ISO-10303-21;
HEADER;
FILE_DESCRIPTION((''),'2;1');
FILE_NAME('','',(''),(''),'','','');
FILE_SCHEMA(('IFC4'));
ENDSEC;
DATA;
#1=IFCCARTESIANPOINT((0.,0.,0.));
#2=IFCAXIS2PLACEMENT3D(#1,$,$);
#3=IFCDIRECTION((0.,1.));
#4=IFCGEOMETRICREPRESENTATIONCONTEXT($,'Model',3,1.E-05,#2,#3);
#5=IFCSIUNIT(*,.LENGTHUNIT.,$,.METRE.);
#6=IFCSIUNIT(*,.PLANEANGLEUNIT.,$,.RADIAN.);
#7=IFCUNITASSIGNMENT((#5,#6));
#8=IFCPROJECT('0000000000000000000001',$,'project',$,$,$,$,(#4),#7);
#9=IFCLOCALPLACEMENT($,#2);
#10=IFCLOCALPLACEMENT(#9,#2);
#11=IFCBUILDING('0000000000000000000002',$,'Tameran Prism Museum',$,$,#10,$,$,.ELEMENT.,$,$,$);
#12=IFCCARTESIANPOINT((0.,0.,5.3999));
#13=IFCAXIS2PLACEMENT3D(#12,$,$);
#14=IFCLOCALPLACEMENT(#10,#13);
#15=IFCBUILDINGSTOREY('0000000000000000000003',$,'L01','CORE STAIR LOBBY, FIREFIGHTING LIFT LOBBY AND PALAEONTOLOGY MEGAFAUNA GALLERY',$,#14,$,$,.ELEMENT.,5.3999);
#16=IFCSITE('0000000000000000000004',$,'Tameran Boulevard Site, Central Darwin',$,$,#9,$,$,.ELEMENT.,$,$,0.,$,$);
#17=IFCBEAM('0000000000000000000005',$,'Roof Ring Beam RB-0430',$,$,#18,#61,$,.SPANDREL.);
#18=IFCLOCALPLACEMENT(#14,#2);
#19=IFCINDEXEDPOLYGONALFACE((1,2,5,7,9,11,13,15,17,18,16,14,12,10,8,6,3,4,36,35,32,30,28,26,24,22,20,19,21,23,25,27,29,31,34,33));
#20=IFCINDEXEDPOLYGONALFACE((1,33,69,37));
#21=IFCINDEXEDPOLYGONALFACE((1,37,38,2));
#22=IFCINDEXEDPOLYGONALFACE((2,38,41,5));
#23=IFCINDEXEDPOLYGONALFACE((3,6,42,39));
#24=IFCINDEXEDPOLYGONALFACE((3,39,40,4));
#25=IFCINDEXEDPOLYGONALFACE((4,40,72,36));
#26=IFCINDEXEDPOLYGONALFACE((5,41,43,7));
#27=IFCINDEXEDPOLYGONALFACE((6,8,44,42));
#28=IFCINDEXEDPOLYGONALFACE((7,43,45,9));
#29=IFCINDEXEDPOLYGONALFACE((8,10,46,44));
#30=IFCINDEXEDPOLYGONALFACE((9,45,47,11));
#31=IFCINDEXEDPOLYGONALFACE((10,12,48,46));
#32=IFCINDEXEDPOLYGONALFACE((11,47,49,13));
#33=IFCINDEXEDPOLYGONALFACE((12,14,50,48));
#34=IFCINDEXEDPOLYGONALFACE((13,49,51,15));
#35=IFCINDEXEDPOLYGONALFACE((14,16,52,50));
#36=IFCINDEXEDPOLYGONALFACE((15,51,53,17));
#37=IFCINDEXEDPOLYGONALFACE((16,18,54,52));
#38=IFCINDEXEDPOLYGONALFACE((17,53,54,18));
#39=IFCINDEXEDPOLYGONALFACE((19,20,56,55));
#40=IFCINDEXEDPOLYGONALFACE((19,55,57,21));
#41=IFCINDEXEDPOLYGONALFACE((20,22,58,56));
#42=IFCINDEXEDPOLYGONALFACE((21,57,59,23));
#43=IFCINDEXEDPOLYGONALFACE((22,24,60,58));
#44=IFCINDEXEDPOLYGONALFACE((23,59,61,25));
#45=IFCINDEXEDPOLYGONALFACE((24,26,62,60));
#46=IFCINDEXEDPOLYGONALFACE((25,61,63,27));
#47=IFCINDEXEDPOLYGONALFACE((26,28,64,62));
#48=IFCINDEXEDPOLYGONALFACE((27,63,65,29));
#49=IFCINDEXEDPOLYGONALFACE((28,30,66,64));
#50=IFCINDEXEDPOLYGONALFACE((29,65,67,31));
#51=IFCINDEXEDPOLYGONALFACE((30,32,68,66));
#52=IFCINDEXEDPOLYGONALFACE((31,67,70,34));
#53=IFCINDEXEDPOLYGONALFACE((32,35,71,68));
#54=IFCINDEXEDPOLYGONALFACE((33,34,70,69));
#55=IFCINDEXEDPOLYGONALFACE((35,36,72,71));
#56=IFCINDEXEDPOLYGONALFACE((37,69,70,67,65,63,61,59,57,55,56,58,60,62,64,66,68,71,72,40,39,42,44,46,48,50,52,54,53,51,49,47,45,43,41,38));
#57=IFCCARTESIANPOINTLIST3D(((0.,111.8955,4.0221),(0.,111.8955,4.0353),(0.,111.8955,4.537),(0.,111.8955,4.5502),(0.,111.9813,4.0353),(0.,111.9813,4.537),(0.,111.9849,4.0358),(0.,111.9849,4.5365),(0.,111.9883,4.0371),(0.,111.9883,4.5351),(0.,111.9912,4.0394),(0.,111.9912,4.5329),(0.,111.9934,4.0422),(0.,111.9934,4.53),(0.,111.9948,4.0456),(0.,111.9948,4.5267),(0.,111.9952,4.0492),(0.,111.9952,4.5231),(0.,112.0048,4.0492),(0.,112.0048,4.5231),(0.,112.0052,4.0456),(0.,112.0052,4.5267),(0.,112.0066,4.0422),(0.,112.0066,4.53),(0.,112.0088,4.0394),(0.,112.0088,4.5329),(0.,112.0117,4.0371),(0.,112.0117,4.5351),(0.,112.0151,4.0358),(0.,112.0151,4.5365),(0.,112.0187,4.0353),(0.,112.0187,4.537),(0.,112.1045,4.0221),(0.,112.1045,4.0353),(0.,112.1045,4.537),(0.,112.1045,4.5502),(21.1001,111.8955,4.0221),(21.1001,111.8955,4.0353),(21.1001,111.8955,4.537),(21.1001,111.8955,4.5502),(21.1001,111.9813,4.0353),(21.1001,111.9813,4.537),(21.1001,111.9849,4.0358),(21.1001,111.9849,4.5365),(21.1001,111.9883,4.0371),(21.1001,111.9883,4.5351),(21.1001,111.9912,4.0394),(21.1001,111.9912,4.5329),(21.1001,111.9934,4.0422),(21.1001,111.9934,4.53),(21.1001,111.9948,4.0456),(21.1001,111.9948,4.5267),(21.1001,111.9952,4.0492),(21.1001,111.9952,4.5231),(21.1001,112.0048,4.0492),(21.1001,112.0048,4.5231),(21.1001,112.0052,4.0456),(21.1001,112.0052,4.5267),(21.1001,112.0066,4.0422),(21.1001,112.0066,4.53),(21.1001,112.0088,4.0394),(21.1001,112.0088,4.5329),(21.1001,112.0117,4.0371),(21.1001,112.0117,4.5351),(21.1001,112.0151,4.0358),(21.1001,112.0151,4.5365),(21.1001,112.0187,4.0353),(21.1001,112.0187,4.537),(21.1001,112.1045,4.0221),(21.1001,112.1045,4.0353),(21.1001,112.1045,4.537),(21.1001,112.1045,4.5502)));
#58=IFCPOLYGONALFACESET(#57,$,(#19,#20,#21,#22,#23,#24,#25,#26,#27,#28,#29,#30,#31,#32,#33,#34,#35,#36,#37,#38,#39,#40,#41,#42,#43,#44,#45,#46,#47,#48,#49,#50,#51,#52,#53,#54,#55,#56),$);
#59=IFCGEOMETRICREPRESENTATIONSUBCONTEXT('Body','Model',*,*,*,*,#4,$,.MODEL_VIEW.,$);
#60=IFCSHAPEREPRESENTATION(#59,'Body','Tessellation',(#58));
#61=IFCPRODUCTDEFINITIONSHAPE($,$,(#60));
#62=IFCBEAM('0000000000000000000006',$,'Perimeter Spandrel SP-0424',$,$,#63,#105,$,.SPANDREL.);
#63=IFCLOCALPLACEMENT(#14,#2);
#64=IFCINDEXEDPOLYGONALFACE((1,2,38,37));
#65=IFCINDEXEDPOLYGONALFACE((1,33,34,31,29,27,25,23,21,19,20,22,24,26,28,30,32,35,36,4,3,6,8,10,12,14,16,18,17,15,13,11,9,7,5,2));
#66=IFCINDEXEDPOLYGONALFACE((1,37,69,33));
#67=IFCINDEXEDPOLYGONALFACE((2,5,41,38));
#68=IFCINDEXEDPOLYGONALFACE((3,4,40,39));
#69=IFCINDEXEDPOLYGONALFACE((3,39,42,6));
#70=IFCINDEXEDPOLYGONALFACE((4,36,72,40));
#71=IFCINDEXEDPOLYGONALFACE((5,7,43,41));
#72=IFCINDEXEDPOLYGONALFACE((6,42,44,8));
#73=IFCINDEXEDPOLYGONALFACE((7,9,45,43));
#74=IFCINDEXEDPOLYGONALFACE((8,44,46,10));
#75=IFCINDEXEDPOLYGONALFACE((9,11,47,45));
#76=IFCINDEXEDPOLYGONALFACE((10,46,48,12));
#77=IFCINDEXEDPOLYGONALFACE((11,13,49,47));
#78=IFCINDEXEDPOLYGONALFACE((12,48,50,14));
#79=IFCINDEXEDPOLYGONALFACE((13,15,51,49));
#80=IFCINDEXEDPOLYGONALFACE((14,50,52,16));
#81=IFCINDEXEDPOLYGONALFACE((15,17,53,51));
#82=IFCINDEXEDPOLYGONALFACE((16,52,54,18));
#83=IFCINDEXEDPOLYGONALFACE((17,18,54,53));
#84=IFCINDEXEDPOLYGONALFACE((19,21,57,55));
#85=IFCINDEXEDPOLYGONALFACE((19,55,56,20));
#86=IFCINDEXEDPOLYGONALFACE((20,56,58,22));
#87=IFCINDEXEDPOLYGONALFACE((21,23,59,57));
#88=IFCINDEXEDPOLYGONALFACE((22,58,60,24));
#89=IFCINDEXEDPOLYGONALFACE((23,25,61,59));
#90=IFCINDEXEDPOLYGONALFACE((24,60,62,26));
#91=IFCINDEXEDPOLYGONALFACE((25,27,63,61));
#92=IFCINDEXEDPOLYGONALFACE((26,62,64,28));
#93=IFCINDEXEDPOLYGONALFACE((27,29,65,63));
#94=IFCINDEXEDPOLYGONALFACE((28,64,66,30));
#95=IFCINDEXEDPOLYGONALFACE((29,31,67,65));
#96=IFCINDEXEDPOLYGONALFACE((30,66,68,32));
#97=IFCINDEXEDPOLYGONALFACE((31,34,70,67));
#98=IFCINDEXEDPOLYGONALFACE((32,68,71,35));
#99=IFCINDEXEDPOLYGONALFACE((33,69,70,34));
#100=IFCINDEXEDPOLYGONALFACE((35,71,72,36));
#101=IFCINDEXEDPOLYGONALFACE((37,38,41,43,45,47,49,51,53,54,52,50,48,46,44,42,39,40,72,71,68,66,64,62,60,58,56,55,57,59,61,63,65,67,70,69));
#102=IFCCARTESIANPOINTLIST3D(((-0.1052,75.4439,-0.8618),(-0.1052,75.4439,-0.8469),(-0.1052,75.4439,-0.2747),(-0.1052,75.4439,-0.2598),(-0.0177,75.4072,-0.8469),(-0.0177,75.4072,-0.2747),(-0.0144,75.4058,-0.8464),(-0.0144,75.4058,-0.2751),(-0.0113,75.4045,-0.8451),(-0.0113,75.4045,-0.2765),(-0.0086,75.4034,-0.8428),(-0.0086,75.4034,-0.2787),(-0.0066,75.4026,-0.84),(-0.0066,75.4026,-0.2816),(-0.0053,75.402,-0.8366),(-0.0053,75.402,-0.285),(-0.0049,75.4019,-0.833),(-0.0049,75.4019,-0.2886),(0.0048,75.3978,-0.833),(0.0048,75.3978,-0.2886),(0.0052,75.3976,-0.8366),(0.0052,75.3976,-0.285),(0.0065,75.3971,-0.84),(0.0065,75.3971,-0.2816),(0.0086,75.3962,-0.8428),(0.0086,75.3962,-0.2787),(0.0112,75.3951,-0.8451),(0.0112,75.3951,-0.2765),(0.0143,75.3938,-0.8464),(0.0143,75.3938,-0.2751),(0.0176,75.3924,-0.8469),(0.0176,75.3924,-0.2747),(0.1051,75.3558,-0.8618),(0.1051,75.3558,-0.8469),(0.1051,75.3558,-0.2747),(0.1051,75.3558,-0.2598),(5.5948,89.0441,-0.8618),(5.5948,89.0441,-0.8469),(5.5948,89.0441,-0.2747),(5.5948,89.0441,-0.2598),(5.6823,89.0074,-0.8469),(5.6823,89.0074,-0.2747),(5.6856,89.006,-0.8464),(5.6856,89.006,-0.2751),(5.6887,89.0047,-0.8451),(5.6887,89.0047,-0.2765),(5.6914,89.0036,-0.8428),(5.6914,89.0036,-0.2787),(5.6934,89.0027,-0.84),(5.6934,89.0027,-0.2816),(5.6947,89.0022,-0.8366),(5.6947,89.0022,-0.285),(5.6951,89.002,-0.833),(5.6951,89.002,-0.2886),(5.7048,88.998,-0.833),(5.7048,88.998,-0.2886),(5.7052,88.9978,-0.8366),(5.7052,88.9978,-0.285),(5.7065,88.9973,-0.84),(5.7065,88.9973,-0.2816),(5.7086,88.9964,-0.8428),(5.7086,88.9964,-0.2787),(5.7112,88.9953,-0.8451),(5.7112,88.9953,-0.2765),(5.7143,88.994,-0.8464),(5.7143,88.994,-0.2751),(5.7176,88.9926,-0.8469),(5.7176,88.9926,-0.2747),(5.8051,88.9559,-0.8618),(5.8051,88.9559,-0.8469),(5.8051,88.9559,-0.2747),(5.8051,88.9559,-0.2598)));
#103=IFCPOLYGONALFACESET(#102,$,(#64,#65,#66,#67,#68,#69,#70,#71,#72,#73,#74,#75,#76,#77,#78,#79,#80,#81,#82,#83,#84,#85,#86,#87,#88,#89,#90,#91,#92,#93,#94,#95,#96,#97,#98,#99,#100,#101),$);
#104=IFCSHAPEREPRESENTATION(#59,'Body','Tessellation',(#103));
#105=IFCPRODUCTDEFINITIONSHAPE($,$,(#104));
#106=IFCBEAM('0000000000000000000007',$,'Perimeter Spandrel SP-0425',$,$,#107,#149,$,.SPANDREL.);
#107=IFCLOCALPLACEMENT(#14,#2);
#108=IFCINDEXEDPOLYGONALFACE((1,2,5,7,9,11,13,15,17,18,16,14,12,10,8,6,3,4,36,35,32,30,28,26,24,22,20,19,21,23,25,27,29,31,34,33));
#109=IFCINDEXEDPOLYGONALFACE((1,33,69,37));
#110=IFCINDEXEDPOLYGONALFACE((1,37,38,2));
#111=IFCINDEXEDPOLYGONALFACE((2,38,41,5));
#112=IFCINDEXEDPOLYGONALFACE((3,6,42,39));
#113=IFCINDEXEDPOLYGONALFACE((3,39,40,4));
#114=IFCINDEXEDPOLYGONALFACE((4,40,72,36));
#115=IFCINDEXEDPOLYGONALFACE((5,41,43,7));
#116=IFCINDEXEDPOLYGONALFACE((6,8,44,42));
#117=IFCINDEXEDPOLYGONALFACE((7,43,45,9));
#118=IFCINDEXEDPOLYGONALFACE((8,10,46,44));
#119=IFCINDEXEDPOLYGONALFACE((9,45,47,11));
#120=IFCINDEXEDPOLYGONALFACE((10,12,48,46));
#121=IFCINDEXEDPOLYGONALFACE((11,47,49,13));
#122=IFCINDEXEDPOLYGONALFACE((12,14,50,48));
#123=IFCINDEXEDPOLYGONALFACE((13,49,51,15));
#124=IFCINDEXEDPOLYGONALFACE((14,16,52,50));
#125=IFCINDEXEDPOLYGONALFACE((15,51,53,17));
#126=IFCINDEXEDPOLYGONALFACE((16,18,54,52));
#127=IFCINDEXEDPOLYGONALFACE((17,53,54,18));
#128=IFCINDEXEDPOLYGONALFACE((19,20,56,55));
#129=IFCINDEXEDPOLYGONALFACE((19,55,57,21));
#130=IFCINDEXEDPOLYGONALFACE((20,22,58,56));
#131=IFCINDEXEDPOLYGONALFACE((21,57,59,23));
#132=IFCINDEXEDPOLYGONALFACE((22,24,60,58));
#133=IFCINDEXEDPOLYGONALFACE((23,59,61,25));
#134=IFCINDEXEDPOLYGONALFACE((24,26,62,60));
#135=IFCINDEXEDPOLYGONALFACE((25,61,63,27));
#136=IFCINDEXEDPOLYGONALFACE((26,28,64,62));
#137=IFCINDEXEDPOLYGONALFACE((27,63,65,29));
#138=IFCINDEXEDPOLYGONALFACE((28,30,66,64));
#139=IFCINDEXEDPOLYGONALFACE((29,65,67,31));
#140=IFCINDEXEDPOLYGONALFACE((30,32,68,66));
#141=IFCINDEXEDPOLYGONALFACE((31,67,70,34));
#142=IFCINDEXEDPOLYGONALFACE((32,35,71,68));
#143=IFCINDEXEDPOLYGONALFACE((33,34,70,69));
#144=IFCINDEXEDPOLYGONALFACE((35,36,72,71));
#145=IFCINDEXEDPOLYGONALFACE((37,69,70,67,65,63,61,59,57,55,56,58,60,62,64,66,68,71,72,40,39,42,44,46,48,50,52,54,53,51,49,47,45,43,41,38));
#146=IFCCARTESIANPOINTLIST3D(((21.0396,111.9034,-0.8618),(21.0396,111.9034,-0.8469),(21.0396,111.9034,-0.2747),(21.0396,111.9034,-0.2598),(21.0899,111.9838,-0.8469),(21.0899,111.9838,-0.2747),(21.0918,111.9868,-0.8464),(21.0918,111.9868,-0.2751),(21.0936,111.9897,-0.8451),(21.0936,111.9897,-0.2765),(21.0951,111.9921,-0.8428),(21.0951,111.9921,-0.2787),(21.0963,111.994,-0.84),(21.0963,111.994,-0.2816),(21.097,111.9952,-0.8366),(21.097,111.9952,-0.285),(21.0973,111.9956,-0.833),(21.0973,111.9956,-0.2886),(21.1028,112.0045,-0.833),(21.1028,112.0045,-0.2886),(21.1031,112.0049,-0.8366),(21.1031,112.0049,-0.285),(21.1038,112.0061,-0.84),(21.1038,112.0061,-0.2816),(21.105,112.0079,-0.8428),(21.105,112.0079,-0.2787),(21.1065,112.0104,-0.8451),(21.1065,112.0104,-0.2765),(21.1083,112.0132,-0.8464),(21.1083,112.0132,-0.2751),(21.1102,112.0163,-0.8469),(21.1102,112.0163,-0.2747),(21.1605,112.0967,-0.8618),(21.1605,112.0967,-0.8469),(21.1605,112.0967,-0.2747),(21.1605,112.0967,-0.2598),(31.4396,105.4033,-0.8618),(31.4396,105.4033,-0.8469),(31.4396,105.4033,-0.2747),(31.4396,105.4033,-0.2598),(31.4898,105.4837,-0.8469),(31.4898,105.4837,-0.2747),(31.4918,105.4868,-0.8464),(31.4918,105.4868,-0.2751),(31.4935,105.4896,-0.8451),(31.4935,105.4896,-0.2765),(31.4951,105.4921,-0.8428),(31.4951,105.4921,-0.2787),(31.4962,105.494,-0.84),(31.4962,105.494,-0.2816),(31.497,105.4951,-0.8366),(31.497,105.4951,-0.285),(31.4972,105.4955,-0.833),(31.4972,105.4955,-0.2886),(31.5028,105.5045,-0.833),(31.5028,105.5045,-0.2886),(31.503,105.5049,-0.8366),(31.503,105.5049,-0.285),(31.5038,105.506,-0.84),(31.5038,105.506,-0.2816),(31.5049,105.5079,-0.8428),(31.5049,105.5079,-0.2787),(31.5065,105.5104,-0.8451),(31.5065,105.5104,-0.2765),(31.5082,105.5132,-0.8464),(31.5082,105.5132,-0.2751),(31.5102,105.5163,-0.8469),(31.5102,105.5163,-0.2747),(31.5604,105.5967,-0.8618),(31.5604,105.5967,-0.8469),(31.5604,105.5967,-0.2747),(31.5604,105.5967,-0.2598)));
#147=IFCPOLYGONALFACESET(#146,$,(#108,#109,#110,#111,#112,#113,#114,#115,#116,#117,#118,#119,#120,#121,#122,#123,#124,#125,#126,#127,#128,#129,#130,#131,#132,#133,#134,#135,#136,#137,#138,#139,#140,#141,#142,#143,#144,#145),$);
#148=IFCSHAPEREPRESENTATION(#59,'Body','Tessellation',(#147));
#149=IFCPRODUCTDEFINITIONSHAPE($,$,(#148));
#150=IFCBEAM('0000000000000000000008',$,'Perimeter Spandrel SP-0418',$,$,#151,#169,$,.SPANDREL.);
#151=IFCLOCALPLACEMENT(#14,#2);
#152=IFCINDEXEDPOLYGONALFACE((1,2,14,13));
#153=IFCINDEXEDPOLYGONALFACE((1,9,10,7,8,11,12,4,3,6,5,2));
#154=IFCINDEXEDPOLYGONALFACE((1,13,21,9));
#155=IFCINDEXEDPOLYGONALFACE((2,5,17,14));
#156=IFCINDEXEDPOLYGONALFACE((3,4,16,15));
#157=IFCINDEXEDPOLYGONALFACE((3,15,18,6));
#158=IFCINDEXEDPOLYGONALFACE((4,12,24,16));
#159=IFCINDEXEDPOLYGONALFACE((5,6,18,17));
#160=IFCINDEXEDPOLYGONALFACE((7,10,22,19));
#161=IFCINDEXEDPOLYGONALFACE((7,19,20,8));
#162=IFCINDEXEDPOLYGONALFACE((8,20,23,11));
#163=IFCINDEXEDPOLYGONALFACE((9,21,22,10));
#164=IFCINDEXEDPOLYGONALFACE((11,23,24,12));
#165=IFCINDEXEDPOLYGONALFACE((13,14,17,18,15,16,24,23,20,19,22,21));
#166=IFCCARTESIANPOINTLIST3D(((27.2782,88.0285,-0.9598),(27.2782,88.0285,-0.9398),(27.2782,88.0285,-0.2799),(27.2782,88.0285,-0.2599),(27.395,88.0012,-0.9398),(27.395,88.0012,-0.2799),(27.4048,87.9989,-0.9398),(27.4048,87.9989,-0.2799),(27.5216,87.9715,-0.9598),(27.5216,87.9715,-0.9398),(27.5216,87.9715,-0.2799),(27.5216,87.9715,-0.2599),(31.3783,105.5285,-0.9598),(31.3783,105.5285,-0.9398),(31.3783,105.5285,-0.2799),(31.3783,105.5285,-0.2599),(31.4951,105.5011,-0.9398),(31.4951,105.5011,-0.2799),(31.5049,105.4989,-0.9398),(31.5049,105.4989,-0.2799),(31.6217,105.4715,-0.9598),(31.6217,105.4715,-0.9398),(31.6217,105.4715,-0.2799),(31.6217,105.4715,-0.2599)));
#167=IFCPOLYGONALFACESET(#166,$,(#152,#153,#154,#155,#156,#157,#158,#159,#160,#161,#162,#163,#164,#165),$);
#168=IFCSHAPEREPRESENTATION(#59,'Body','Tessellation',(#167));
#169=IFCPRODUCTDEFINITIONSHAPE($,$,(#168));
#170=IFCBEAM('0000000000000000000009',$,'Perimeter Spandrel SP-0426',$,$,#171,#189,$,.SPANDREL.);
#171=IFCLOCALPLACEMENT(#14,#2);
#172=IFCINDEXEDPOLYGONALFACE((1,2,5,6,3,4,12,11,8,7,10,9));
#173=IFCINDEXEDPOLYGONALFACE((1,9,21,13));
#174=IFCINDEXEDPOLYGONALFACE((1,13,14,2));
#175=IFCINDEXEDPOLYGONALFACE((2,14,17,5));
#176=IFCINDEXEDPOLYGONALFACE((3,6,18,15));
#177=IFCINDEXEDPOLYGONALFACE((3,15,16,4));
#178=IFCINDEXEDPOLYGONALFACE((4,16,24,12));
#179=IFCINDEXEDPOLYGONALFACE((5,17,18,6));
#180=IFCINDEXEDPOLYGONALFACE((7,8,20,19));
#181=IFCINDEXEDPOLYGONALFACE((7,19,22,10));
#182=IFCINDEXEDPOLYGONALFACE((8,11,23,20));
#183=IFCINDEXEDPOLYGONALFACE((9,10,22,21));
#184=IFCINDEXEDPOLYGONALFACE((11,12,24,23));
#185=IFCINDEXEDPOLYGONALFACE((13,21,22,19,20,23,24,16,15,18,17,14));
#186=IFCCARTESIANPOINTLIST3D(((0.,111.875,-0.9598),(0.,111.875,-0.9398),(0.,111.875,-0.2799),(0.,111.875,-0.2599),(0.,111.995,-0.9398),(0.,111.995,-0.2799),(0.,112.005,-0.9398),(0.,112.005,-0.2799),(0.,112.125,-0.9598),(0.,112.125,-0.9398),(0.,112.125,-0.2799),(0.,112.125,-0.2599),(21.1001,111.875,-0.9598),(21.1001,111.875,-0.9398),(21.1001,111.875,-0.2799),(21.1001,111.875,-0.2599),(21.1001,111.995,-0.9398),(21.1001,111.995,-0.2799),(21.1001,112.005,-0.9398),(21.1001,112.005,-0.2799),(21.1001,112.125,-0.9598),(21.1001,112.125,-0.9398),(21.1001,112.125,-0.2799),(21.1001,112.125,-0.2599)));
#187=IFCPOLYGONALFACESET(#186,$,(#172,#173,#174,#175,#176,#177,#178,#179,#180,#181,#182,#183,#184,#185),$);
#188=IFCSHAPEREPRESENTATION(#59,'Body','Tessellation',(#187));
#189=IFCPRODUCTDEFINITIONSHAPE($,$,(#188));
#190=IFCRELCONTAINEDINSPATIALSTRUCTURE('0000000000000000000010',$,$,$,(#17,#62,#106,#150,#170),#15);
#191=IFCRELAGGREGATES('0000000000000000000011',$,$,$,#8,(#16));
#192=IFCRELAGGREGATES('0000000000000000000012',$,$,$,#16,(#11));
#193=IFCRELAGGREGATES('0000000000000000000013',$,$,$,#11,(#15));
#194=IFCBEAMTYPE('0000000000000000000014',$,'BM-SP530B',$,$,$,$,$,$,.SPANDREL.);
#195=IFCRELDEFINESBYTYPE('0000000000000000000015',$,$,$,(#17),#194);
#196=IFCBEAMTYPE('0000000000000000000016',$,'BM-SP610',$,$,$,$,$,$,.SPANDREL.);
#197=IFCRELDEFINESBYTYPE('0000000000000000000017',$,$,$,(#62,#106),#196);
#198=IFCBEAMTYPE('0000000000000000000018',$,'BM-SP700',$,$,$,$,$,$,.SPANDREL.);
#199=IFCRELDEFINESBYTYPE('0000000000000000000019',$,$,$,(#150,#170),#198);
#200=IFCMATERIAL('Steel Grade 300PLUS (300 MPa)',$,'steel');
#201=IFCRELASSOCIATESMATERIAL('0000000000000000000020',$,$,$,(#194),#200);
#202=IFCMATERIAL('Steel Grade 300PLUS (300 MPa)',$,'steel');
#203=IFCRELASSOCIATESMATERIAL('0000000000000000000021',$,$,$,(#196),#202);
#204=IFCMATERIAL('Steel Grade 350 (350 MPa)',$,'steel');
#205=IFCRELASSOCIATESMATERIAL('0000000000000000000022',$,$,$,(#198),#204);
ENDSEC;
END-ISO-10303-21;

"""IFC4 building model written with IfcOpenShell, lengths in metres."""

from ifc_helpers import new_model, si_unit, direction, frame, origin, origin_2d, place, context, subcontext, project, spatial, i_section, extrude, material, material_profile, profile_set, type_object, element, save


model = new_model("IFC4")

# Units and contexts
model_context = context("Model", 3, precision=1e-05, world=origin(), true_north=direction((0.0, 1.0)))
body_context = subcontext(model_context, "Body", "Model", "MODEL_VIEW")
ifc_project = project(units=[si_unit("LENGTHUNIT", "METRE"), si_unit("PLANEANGLEUNIT", "RADIAN")], contexts=[model_context])

# Site, building, storey
site_placement = place(None, origin())
site = spatial("IfcSite", under=ifc_project, at=site_placement, Name="Tameran Boulevard Site, Central Darwin", CompositionType="ELEMENT", RefElevation=0.0)
building_placement = place(site_placement, origin())
building = spatial("IfcBuilding", under=site, at=building_placement, Name="Tameran Prism Museum", CompositionType="ELEMENT")
storey_placement = place(building_placement, frame((0.0, 0.0, 5.3999)))
storey = spatial("IfcBuildingStorey", under=building, at=storey_placement, Name="L01", Description="CORE STAIR LOBBY, FIREFIGHTING LIFT LOBBY AND PALAEONTOLOGY MEGAFAUNA GALLERY", CompositionType="ELEMENT", Elevation=5.3999)

# Beams
ifc_material_1 = material(Name="Steel Grade 300PLUS (300 MPa)", Category="steel")
ifc_material_profile_1 = material_profile(ifc_material_1, i_section(OverallWidth=0.209, OverallDepth=0.5281, WebThickness=0.0095, FlangeThickness=0.0132, FilletRadius=0.0139, at=origin_2d()))
ifc_profile_set_1 = profile_set([ifc_material_profile_1])
beam_type_1 = type_object("IfcBeamType", Name="BM-SP530B", PredefinedType="SPANDREL", material=ifc_profile_set_1)
beam_1_placement = place(storey_placement, frame((21.1001, 112.0, 4.2861), z_axis=(-1.0, 0.0, 0.0), x_axis=(0.0, -1.0, 0.0)))
element("IfcBeam", 1, at=beam_1_placement, inside=storey, type_object=beam_type_1, Name="Roof Ring Beam RB-0430", PredefinedType="SPANDREL", context=body_context, shape_type="SweptSolid", body=[
    extrude(i_section(OverallWidth=0.209, OverallDepth=0.5281, WebThickness=0.0095, FlangeThickness=0.0132, FilletRadius=0.0139, at=origin_2d()), origin(), (0.0, 0.0, 1.0), 21.1001),
])
ifc_material_2 = material(Name="Steel Grade 300PLUS (300 MPa)", Category="steel")
ifc_material_profile_2 = material_profile(ifc_material_2, i_section(OverallWidth=0.228, OverallDepth=0.6021, WebThickness=0.0105, FlangeThickness=0.0149, FilletRadius=0.0139, at=origin_2d()))
ifc_profile_set_2 = profile_set([ifc_material_profile_2])
beam_type_2 = type_object("IfcBeamType", Name="BM-SP610", PredefinedType="SPANDREL", material=ifc_profile_set_2)
beam_2_placement = place(storey_placement, frame((5.7, 89.0, -0.5608), z_axis=(-0.386535, -0.922275, 0.0), x_axis=(0.922275, -0.386535, 0.0)))
element("IfcBeam", 2, at=beam_2_placement, inside=storey, type_object=beam_type_2, Name="Perimeter Spandrel SP-0424", PredefinedType="SPANDREL", context=body_context, shape_type="SweptSolid", body=[
    extrude(i_section(OverallWidth=0.228, OverallDepth=0.6021, WebThickness=0.0105, FlangeThickness=0.0149, FilletRadius=0.0139, at=origin_2d()), origin(), (0.0, 0.0, 1.0), 14.7463),
])
beam_3_placement = place(storey_placement, frame((31.5, 105.5, -0.5608), z_axis=(-0.847996, 0.530003, 0.0), x_axis=(-0.530003, -0.847996, 0.0)))
element("IfcBeam", 3, at=beam_3_placement, inside=storey, type_object=beam_type_2, Name="Perimeter Spandrel SP-0425", PredefinedType="SPANDREL", context=body_context, shape_type="SweptSolid", body=[
    extrude(i_section(OverallWidth=0.228, OverallDepth=0.6021, WebThickness=0.0105, FlangeThickness=0.0149, FilletRadius=0.0139, at=origin_2d()), origin(), (0.0, 0.0, 1.0), 12.2642),
])
ifc_material_3 = material(Name="Steel Grade 350 (350 MPa)", Category="steel")
ifc_material_profile_3 = material_profile(ifc_material_3, i_section(OverallWidth=0.25, OverallDepth=0.7, WebThickness=0.01, FlangeThickness=0.02, at=origin_2d()))
ifc_profile_set_3 = profile_set([ifc_material_profile_3])
beam_type_3 = type_object("IfcBeamType", Name="BM-SP700", PredefinedType="SPANDREL", material=ifc_profile_set_3)
beam_4_placement = place(storey_placement, frame((31.5, 105.5, -0.6099), z_axis=(-0.228114, -0.973634, 0.0), x_axis=(0.973634, -0.228114, 0.0)))
element("IfcBeam", 4, at=beam_4_placement, inside=storey, type_object=beam_type_3, Name="Perimeter Spandrel SP-0418", PredefinedType="SPANDREL", context=body_context, shape_type="SweptSolid", body=[
    extrude(i_section(OverallWidth=0.25, OverallDepth=0.7, WebThickness=0.01, FlangeThickness=0.02, at=origin_2d()), origin(), (0.0, 0.0, 1.0), 17.9739),
])
beam_5_placement = place(storey_placement, frame((21.1001, 112.0, -0.6099), z_axis=(-1.0, 0.0, 0.0), x_axis=(0.0, -1.0, 0.0)))
element("IfcBeam", 5, at=beam_5_placement, inside=storey, type_object=beam_type_3, Name="Perimeter Spandrel SP-0426", PredefinedType="SPANDREL", context=body_context, shape_type="SweptSolid", body=[
    extrude(i_section(OverallWidth=0.25, OverallDepth=0.7, WebThickness=0.01, FlangeThickness=0.02, at=origin_2d()), origin(), (0.0, 0.0, 1.0), 21.1001),
])

save(model, "model.ifc")
